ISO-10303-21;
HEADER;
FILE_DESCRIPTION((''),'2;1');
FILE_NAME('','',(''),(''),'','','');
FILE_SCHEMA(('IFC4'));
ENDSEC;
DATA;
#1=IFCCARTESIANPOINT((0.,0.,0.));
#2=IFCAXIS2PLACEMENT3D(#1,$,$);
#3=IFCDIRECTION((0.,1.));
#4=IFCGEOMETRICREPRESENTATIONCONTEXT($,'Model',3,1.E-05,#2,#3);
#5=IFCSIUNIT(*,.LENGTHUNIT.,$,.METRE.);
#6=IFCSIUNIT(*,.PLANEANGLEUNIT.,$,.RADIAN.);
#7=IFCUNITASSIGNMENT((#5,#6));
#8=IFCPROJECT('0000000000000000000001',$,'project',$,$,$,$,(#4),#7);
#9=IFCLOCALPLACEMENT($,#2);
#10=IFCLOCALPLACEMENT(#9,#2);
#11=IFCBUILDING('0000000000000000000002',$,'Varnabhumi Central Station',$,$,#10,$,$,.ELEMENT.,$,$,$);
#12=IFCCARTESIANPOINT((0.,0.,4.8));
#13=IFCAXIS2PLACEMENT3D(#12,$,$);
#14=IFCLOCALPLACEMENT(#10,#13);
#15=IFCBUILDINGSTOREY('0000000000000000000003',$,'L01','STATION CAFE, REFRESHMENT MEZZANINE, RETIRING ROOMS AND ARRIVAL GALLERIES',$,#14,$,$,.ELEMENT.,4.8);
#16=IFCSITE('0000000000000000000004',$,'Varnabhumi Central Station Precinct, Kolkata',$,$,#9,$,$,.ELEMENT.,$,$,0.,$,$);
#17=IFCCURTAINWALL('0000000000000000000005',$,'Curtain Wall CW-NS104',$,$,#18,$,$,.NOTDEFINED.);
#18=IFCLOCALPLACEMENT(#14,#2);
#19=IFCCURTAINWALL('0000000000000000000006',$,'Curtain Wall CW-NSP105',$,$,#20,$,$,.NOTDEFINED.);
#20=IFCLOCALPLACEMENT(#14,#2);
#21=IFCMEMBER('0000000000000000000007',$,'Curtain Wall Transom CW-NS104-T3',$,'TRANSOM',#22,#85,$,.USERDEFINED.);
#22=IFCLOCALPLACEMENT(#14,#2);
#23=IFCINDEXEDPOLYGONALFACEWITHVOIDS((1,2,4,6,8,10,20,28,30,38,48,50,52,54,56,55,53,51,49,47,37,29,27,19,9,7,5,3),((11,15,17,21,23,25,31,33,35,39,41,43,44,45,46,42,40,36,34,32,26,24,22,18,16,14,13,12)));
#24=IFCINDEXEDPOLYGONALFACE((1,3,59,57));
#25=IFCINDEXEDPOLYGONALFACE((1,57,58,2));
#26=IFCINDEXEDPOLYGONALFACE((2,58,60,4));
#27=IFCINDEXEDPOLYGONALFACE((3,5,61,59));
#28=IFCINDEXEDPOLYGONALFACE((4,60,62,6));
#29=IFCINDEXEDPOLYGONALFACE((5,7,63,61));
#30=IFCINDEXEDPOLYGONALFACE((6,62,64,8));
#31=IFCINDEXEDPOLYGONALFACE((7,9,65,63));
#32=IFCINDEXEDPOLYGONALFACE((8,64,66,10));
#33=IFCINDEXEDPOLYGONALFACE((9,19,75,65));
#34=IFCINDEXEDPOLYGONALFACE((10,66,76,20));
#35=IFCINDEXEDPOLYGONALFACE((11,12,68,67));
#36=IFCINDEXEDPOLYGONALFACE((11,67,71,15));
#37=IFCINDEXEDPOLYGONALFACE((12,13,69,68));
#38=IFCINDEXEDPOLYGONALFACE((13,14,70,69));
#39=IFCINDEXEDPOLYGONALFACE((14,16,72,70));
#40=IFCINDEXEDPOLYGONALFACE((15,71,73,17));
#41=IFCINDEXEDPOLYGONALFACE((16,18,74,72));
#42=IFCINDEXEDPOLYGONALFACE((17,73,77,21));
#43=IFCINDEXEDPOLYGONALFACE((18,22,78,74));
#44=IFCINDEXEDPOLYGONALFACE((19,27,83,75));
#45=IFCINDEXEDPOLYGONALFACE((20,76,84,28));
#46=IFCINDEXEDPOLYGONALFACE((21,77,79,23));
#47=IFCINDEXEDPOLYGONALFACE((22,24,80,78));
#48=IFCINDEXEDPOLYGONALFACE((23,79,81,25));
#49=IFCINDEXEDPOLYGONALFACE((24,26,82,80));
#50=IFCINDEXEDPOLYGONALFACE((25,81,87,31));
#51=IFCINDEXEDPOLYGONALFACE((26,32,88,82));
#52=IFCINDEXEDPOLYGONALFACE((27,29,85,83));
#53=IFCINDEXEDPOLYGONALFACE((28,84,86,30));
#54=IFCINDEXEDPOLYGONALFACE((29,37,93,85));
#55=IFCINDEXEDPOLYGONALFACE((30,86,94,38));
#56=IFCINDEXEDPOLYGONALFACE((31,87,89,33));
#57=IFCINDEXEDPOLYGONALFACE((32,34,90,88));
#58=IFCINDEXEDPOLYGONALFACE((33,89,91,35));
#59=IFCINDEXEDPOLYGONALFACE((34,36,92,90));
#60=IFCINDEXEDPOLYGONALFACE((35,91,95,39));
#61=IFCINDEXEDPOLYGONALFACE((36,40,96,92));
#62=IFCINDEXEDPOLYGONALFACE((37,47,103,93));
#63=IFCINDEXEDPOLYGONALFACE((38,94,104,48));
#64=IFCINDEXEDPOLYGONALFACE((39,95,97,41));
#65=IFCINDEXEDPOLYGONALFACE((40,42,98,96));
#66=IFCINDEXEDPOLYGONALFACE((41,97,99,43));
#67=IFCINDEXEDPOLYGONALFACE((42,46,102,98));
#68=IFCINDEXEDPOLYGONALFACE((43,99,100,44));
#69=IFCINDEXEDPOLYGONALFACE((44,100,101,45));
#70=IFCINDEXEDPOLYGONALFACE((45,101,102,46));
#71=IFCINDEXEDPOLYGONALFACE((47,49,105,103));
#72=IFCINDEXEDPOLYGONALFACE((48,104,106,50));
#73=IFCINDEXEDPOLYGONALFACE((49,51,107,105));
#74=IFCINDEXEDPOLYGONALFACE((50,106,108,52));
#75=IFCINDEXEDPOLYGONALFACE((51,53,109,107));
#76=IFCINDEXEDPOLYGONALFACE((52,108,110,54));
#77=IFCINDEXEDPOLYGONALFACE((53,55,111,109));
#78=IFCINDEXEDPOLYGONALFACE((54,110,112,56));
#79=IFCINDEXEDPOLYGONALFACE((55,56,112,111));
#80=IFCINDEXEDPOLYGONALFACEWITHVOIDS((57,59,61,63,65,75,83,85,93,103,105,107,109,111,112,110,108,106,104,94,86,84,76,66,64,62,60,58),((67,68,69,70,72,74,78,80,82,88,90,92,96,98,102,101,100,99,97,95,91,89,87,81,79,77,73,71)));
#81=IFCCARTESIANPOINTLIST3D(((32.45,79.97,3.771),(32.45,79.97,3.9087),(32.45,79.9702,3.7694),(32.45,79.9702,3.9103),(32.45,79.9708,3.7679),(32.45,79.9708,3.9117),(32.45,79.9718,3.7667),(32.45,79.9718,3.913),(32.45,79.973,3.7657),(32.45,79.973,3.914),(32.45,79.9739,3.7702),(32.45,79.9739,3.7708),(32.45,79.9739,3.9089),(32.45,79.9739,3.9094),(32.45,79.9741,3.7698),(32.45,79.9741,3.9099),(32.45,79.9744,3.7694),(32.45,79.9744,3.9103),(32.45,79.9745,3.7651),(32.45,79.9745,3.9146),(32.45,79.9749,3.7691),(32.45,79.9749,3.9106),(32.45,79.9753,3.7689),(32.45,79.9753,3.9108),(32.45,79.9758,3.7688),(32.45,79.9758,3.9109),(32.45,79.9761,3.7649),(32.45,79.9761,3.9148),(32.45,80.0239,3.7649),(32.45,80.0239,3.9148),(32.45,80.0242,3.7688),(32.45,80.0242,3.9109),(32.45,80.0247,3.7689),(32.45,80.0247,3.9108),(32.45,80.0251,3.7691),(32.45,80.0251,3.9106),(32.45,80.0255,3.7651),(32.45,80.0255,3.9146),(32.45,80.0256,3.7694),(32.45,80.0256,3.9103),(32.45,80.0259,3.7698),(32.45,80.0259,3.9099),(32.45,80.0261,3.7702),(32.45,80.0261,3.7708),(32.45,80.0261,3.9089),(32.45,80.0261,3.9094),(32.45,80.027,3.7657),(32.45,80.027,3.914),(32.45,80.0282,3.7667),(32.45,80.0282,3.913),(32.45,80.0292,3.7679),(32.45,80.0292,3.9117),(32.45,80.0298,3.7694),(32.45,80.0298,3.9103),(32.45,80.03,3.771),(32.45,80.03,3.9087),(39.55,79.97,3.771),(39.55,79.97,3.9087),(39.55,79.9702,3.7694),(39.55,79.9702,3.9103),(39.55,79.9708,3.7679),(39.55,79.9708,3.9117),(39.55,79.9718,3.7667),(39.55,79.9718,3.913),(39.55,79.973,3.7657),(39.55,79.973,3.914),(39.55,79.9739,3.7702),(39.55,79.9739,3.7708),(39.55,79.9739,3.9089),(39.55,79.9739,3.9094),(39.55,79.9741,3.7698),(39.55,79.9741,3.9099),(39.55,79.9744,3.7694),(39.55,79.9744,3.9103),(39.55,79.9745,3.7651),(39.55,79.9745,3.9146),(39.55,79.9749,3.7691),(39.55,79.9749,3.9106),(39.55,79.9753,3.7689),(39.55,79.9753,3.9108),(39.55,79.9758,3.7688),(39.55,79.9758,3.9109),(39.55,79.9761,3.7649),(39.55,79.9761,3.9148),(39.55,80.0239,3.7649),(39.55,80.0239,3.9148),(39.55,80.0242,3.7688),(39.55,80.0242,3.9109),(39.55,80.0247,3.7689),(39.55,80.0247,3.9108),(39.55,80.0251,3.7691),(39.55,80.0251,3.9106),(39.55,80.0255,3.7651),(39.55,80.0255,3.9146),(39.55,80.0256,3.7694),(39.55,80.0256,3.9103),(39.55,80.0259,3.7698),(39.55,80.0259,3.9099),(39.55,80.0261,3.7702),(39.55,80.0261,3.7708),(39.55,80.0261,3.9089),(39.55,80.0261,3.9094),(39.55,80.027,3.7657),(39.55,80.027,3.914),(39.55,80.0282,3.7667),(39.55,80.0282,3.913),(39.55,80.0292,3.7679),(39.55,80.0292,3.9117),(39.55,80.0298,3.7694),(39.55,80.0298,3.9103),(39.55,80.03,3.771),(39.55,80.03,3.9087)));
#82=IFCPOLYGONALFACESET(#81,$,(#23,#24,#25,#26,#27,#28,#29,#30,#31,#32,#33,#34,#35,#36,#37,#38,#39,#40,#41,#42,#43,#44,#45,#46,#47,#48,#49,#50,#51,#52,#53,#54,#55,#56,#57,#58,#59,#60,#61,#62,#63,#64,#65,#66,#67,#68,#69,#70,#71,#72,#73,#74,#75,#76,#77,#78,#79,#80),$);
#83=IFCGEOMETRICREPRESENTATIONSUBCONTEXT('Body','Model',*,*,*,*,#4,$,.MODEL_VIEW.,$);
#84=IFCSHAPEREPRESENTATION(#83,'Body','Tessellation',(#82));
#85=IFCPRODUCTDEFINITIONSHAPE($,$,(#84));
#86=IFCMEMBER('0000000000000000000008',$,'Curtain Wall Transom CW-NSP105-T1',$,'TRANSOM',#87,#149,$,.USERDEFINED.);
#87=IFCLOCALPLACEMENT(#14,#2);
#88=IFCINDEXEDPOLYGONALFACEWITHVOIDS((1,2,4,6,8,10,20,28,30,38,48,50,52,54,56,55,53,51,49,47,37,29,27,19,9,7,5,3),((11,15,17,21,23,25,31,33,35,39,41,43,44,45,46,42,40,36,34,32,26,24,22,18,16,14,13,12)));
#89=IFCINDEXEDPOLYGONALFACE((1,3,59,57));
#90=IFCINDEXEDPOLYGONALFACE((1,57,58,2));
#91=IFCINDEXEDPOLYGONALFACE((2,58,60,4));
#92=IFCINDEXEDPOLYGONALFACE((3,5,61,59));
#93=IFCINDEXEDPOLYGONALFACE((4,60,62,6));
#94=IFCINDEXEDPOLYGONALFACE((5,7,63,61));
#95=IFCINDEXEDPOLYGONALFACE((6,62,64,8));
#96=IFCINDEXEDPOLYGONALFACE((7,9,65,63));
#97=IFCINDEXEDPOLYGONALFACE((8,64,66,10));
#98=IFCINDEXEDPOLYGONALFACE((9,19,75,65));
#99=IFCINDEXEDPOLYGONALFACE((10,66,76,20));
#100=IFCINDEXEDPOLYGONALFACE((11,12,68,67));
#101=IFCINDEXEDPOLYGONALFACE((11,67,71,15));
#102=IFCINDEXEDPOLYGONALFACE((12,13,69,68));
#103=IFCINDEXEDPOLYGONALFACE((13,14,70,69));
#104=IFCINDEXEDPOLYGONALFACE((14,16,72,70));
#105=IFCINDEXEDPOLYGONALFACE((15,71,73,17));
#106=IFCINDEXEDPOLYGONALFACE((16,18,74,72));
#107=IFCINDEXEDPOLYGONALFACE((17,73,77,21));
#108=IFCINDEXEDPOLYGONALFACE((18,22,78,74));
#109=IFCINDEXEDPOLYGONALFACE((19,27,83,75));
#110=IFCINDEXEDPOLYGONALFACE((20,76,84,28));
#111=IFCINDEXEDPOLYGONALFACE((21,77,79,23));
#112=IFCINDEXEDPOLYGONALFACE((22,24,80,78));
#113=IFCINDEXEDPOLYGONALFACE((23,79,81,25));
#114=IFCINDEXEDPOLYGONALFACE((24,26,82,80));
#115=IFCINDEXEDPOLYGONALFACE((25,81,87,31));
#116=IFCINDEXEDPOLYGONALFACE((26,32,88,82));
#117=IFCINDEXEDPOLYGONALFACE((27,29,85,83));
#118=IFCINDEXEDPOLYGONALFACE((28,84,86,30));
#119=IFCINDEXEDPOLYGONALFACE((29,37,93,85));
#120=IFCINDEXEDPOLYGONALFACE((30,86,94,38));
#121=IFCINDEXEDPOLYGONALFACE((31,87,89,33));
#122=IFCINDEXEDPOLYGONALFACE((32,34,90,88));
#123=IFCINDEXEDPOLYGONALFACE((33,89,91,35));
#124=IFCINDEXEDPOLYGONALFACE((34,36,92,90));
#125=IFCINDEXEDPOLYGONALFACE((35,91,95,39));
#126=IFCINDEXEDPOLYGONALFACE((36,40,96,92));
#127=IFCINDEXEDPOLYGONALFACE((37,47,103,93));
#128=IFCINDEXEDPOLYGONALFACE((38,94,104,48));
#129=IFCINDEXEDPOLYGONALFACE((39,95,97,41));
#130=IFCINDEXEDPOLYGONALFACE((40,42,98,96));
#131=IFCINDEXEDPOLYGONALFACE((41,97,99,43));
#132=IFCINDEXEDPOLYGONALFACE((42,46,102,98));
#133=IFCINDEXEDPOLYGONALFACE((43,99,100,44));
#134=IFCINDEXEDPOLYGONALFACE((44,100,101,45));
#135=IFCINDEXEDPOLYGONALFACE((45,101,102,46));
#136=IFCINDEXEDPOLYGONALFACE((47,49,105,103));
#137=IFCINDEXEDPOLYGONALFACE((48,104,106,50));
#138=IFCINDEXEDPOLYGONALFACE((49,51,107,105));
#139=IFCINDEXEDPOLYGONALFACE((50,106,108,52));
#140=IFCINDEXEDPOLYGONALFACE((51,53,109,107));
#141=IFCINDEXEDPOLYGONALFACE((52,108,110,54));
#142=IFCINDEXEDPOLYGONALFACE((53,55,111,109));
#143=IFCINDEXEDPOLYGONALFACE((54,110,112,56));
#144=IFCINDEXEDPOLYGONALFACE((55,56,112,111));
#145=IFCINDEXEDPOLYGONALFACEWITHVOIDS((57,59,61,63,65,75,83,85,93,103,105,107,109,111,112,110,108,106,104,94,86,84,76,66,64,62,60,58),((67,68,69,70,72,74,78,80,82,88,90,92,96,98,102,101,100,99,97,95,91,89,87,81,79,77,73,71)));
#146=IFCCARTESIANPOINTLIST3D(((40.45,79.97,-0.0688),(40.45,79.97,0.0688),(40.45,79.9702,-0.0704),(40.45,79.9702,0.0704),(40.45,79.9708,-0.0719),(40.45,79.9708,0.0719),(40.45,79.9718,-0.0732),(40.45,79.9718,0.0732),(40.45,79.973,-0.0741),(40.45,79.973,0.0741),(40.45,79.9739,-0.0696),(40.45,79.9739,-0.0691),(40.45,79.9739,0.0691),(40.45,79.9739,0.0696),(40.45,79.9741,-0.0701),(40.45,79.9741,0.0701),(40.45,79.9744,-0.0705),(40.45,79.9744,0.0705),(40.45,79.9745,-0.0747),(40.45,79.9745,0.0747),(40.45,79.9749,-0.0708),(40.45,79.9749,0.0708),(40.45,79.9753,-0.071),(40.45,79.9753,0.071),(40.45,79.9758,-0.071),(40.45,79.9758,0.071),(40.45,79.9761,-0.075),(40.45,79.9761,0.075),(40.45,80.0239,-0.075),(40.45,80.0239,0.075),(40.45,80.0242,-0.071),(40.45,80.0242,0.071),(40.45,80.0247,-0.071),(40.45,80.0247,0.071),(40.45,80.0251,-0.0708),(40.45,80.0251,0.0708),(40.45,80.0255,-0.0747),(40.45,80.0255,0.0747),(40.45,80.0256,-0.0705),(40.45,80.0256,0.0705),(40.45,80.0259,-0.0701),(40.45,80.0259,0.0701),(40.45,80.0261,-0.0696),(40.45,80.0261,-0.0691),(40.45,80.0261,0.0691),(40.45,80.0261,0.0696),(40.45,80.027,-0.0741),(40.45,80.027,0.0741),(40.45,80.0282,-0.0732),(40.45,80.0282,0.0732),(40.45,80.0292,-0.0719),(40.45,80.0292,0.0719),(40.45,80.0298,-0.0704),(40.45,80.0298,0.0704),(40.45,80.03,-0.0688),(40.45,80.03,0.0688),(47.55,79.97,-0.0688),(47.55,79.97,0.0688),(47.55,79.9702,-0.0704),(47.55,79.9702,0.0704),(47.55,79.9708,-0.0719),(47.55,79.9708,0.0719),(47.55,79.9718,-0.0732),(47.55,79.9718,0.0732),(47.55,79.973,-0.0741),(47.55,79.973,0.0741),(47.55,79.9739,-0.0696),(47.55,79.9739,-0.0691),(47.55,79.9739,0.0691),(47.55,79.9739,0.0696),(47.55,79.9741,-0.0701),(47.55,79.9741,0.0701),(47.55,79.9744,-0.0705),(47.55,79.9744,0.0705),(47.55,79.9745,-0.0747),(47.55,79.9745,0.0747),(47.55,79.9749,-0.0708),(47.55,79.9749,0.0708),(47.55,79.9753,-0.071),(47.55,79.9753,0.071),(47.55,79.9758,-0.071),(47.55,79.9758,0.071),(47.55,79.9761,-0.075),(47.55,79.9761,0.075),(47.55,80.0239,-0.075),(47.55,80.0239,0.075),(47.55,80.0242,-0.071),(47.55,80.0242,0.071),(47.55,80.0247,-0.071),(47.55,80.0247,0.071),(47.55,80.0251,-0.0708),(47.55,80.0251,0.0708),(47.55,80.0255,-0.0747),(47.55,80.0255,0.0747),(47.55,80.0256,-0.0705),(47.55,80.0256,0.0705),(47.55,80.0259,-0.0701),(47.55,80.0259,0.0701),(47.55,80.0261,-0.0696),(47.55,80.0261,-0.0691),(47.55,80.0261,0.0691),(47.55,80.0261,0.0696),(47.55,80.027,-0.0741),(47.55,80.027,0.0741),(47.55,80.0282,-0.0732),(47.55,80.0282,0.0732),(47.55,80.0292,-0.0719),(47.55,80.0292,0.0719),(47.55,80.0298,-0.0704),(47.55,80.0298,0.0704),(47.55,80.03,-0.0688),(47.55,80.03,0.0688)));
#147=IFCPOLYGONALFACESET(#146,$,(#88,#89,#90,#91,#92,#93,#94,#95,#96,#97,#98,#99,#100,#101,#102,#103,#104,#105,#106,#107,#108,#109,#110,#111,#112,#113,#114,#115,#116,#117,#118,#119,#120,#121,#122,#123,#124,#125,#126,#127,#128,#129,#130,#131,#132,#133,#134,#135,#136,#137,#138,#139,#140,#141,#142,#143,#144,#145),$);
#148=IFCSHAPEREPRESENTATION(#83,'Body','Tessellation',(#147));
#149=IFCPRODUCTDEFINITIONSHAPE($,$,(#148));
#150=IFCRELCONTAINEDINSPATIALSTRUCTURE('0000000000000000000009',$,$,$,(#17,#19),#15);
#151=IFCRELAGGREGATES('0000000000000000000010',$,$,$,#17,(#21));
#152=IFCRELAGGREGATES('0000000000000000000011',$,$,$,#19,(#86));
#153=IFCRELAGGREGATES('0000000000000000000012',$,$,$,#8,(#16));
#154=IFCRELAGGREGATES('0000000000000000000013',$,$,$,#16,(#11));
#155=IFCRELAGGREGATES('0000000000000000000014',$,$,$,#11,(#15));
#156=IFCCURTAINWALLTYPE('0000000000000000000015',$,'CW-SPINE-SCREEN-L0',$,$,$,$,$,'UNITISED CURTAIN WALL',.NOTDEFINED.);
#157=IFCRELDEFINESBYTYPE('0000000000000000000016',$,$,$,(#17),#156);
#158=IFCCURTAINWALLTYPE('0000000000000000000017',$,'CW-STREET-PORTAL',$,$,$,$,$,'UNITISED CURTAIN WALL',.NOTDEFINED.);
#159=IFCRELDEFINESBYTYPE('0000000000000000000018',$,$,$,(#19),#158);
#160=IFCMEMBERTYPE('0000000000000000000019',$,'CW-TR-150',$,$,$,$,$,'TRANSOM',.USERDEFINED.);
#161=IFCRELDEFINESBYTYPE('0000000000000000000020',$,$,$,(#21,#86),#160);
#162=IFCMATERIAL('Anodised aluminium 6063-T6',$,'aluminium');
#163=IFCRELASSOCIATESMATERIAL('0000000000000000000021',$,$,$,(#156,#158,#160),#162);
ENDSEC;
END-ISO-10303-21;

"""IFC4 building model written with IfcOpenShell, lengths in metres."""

from ifc_helpers import new_model, si_unit, direction, frame, origin, origin_2d, place, context, subcontext, project, spatial, hollow_rectangle, extrude, material, material_profile, profile_set, type_object, element, aggregate, save


model = new_model("IFC4")

# Units and contexts
model_context = context("Model", 3, precision=1e-05, world=origin(), true_north=direction((0.0, 1.0)))
body_context = subcontext(model_context, "Body", "Model", "MODEL_VIEW")
ifc_project = project(units=[si_unit("LENGTHUNIT", "METRE"), si_unit("PLANEANGLEUNIT", "RADIAN")], contexts=[model_context])

# Site, building, storey
site_placement = place(None, origin())
site = spatial("IfcSite", under=ifc_project, at=site_placement, Name="Varnabhumi Central Station Precinct, Kolkata", CompositionType="ELEMENT", RefElevation=0.0)
building_placement = place(site_placement, origin())
building = spatial("IfcBuilding", under=site, at=building_placement, Name="Varnabhumi Central Station", CompositionType="ELEMENT")
storey_placement = place(building_placement, frame((0.0, 0.0, 4.8)))
storey = spatial("IfcBuildingStorey", under=building, at=storey_placement, Name="L01", Description="STATION CAFE, REFRESHMENT MEZZANINE, RETIRING ROOMS AND ARRIVAL GALLERIES", CompositionType="ELEMENT", Elevation=4.8)

# Curtain walls
ifc_material_1 = material(Name="Anodised aluminium 6063-T6", Category="aluminium")
curtain_wall_type_1 = type_object("IfcCurtainWallType", Name="CW-SPINE-SCREEN-L0", ElementType="UNITISED CURTAIN WALL", PredefinedType="NOTDEFINED", material=ifc_material_1)
curtain_wall_1_placement = place(storey_placement, origin())
curtain_wall_1 = element("IfcCurtainWall", 1, at=curtain_wall_1_placement, inside=storey, type_object=curtain_wall_type_1, Name="Curtain Wall CW-NS104", PredefinedType="NOTDEFINED")
curtain_wall_type_2 = type_object("IfcCurtainWallType", Name="CW-STREET-PORTAL", ElementType="UNITISED CURTAIN WALL", PredefinedType="NOTDEFINED", material=ifc_material_1)
curtain_wall_2_placement = place(storey_placement, origin())
curtain_wall_2 = element("IfcCurtainWall", 2, at=curtain_wall_2_placement, inside=storey, type_object=curtain_wall_type_2, Name="Curtain Wall CW-NSP105", PredefinedType="NOTDEFINED")

# Members
ifc_material_profile_1 = material_profile(ifc_material_1, hollow_rectangle(XDim=0.0601, YDim=0.1499, WallThickness=0.0039, InnerFilletRadius=0.002, OuterFilletRadius=0.0061, at=origin_2d()), Name="Anodised aluminium 6063-T6", Category="aluminium")
ifc_profile_set_1 = profile_set([ifc_material_profile_1], Name="Anodised aluminium 6063-T6")
member_type_1 = type_object("IfcMemberType", Name="CW-TR-150", ElementType="TRANSOM", PredefinedType="USERDEFINED", material=ifc_profile_set_1)
member_1_placement = place(storey_placement, frame((32.45, 80.0, 3.8398), z_axis=(1.0, 0.0, 0.0), x_axis=(0.0, 1.0, 0.0)))
member_1 = element("IfcMember", 3, at=member_1_placement, type_object=member_type_1, Name="Curtain Wall Transom CW-NS104-T3", ObjectType="TRANSOM", PredefinedType="USERDEFINED", context=body_context, shape_type="SweptSolid", body=[
    extrude(hollow_rectangle(XDim=0.0601, YDim=0.1499, WallThickness=0.0039, InnerFilletRadius=0.002, OuterFilletRadius=0.0061, at=origin_2d()), origin(), (0.0, 0.0, 1.0), 7.1001),
])
member_2_placement = place(storey_placement, frame((40.45, 80.0, 0.0), z_axis=(1.0, 0.0, 0.0), x_axis=(0.0, 1.0, 0.0)))
member_2 = element("IfcMember", 4, at=member_2_placement, type_object=member_type_1, Name="Curtain Wall Transom CW-NSP105-T1", ObjectType="TRANSOM", PredefinedType="USERDEFINED", context=body_context, shape_type="SweptSolid", body=[
    extrude(hollow_rectangle(XDim=0.0601, YDim=0.1499, WallThickness=0.0039, InnerFilletRadius=0.002, OuterFilletRadius=0.0061, at=origin_2d()), origin(), (0.0, 0.0, 1.0), 7.1001),
])

aggregate(curtain_wall_1, [member_1])
aggregate(curtain_wall_2, [member_2])

save(model, "model.ifc")
